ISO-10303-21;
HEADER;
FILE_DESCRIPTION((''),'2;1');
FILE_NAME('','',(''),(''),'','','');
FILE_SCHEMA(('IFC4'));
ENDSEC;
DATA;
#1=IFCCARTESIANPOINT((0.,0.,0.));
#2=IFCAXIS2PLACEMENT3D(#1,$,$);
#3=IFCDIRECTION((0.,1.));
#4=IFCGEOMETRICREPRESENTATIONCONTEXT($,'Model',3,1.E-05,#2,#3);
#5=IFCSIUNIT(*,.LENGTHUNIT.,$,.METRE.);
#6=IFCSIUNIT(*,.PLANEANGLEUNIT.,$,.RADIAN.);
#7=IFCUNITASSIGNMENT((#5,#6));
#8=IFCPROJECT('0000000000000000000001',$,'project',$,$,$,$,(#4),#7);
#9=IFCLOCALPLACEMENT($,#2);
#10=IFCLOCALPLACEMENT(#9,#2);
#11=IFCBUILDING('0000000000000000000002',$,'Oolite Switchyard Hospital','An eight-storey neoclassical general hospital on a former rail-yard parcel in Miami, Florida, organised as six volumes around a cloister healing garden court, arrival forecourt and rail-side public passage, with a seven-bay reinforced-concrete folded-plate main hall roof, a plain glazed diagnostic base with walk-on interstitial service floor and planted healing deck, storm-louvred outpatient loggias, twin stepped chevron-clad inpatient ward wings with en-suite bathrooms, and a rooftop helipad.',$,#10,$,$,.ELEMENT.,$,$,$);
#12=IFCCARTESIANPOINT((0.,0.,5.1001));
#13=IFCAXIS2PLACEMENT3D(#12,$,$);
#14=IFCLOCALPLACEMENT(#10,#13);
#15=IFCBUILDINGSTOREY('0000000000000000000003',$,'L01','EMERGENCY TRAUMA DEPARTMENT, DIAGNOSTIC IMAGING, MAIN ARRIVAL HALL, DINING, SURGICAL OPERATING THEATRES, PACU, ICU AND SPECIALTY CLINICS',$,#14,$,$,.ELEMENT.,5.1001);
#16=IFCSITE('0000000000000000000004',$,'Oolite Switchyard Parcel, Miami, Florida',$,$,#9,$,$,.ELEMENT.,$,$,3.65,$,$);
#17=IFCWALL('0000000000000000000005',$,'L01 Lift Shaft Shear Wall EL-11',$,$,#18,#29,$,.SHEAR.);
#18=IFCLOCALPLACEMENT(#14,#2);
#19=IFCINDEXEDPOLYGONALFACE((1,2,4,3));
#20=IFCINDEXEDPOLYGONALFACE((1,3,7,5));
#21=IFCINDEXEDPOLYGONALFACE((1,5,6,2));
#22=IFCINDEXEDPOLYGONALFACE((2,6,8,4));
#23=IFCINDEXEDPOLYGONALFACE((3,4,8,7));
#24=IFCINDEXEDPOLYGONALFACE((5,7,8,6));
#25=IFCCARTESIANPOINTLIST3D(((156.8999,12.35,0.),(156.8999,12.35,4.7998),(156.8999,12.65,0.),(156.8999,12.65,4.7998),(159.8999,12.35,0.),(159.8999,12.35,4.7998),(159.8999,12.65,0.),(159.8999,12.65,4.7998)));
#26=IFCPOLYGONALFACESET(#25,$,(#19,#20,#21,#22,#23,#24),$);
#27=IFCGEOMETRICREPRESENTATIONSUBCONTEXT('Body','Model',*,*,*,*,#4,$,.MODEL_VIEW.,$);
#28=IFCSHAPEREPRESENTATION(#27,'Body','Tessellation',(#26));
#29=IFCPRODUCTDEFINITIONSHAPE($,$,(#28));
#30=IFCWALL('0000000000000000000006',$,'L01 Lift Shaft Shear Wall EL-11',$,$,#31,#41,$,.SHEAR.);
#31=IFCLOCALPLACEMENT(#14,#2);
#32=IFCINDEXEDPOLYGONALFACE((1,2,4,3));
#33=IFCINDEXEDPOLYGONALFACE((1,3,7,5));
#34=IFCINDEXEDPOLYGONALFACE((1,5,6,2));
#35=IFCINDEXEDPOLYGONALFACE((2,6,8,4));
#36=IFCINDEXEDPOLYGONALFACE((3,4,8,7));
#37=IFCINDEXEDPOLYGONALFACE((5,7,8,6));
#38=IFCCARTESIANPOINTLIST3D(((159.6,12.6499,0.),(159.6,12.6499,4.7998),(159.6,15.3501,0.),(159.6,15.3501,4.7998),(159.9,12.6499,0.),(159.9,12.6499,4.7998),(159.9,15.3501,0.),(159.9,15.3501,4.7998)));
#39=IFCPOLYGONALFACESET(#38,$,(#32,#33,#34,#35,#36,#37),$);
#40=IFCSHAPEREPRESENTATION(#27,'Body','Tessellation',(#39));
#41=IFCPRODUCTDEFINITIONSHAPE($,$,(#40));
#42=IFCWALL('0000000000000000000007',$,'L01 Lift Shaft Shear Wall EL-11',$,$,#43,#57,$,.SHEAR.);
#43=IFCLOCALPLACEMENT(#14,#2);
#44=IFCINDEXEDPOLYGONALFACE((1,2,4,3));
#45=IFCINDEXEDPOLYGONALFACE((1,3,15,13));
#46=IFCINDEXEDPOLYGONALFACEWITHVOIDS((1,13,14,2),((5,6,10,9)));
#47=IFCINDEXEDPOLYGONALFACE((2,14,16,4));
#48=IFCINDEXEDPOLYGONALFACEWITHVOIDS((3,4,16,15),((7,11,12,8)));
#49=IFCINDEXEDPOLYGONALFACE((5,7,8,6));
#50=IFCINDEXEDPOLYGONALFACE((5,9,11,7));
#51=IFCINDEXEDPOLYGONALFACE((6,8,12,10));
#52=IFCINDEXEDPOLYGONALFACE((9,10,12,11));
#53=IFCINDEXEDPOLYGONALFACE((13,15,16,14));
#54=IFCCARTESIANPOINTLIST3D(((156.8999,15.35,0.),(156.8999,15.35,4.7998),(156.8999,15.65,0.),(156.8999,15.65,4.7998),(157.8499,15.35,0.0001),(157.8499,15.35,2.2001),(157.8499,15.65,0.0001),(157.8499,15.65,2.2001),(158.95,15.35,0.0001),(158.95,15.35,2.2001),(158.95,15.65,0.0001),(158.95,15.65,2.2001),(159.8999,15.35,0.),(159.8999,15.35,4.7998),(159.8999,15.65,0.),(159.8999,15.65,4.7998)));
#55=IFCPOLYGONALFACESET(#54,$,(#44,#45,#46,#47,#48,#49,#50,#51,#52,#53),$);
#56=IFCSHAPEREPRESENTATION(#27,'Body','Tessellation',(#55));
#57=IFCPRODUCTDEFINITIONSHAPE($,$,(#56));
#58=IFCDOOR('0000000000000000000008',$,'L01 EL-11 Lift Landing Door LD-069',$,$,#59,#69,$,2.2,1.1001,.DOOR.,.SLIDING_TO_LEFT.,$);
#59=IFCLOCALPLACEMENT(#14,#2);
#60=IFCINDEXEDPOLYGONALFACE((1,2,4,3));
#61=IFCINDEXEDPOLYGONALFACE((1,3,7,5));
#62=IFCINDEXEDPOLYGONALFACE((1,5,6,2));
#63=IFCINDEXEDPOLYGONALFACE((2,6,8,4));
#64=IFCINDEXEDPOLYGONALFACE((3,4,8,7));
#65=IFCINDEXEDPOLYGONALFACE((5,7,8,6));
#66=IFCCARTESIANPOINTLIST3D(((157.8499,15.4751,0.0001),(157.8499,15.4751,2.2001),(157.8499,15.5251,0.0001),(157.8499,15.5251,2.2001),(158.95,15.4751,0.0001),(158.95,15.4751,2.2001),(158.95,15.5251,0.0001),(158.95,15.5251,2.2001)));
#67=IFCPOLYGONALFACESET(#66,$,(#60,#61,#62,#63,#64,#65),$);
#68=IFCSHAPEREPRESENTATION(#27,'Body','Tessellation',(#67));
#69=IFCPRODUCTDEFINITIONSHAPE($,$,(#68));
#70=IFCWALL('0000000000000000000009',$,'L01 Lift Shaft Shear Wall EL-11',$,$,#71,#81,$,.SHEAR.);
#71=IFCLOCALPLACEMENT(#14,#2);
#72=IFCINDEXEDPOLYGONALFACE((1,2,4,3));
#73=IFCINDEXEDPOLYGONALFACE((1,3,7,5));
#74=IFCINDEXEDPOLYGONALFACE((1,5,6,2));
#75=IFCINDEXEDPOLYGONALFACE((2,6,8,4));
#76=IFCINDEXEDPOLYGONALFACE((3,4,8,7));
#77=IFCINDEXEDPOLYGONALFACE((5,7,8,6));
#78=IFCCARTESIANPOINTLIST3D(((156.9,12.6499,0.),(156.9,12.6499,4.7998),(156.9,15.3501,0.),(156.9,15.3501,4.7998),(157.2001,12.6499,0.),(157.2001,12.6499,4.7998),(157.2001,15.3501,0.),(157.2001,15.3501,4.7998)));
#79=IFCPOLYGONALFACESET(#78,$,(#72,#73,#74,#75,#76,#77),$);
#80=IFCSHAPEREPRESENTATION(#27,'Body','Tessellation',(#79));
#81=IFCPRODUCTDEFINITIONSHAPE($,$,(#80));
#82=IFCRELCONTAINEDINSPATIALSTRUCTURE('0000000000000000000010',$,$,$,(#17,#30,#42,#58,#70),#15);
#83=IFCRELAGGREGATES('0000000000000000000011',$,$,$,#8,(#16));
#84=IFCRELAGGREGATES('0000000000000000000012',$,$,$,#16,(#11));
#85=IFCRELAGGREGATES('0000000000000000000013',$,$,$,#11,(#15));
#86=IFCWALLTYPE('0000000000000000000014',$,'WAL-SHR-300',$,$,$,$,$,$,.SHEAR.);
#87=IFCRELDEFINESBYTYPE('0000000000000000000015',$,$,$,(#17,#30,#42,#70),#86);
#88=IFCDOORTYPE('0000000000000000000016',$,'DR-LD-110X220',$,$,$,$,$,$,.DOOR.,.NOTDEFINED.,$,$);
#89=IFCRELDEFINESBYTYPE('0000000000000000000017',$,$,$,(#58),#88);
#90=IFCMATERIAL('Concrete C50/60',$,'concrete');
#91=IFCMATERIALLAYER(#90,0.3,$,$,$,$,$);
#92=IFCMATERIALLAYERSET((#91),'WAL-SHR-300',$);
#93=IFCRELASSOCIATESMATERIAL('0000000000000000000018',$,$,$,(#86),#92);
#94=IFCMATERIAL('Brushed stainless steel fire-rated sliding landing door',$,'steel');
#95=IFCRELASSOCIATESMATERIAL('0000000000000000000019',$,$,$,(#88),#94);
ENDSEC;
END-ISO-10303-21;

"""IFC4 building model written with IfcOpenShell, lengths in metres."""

from ifc_helpers import new_model, si_unit, direction, frame, frame_2d, origin, place, context, subcontext, project, spatial, rectangle, extrude, material, layer, layer_set, type_object, element, fill, save


model = new_model("IFC4")

# Units and contexts
model_context = context("Model", 3, precision=1e-05, world=origin(), true_north=direction((0.0, 1.0)))
body_context = subcontext(model_context, "Body", "Model", "MODEL_VIEW")
ifc_project = project(units=[si_unit("LENGTHUNIT", "METRE"), si_unit("PLANEANGLEUNIT", "RADIAN")], contexts=[model_context])

# Site, building, storey
site_placement = place(None, origin())
site = spatial("IfcSite", under=ifc_project, at=site_placement, Name="Oolite Switchyard Parcel, Miami, Florida", CompositionType="ELEMENT", RefElevation=3.65)
building_placement = place(site_placement, origin())
building = spatial("IfcBuilding", under=site, at=building_placement, Name="Oolite Switchyard Hospital", Description="An eight-storey neoclassical general hospital on a former rail-yard parcel in Miami, Florida, organised as six volumes around a cloister healing garden court, arrival forecourt and rail-side public passage, with a seven-bay reinforced-concrete folded-plate main hall roof, a plain glazed diagnostic base with walk-on interstitial service floor and planted healing deck, storm-louvred outpatient loggias, twin stepped chevron-clad inpatient ward wings with en-suite bathrooms, and a rooftop helipad.", CompositionType="ELEMENT")
storey_placement = place(building_placement, frame((0.0, 0.0, 5.1001)))
storey = spatial("IfcBuildingStorey", under=building, at=storey_placement, Name="L01", Description="EMERGENCY TRAUMA DEPARTMENT, DIAGNOSTIC IMAGING, MAIN ARRIVAL HALL, DINING, SURGICAL OPERATING THEATRES, PACU, ICU AND SPECIALTY CLINICS", CompositionType="ELEMENT", Elevation=5.1001)

# Shared definitions
ifc_material_1 = material(Name="Concrete C50/60", Category="concrete")

# Walls
ifc_layer_1 = layer(ifc_material_1, 0.3)
ifc_layer_set_1 = layer_set([ifc_layer_1], Name="WAL-SHR-300")
wall_type_1 = type_object("IfcWallType", Name="WAL-SHR-300", PredefinedType="SHEAR", material=ifc_layer_set_1)
wall_1_placement = place(storey_placement, frame((156.8999, 12.5, 0.0), z_axis=(0.0, 0.0, 1.0), x_axis=(1.0, 0.0, 0.0)))
element("IfcWall", 1, at=wall_1_placement, inside=storey, type_object=wall_type_1, Name="L01 Lift Shaft Shear Wall EL-11", PredefinedType="SHEAR", context=body_context, shape_type="SweptSolid", body=[
    extrude(rectangle(XDim=3.0, YDim=0.3, at=frame_2d((1.5, 0.0))), origin(), (0.0, 0.0, 1.0), 4.7998),
])
wall_2_placement = place(storey_placement, frame((159.75, 12.6499, 0.0), z_axis=(0.0, 0.0, 1.0), x_axis=(0.0, 1.0, 0.0)))
element("IfcWall", 2, at=wall_2_placement, inside=storey, type_object=wall_type_1, Name="L01 Lift Shaft Shear Wall EL-11", PredefinedType="SHEAR", context=body_context, shape_type="SweptSolid", body=[
    extrude(rectangle(XDim=2.7002, YDim=0.3, at=frame_2d((1.3501, 0.0))), origin(), (0.0, 0.0, 1.0), 4.7998),
])

# Wall, opening, door
wall_3_placement = place(storey_placement, frame((159.8999, 15.5, 0.0), z_axis=(0.0, 0.0, 1.0), x_axis=(-1.0, 0.0, 0.0)))
wall_3 = element("IfcWall", 3, at=wall_3_placement, inside=storey, type_object=wall_type_1, Name="L01 Lift Shaft Shear Wall EL-11", PredefinedType="SHEAR", context=body_context, shape_type="SweptSolid", body=[
    extrude(rectangle(XDim=3.0, YDim=0.3, at=frame_2d((1.5, 0.0))), origin(), (0.0, 0.0, 1.0), 4.7998),
])
opening_1_placement = place(wall_3_placement, frame((0.95, 0.0, 0.0)))
opening_1 = element("IfcOpeningElement", 4, at=opening_1_placement, cuts=wall_3, PredefinedType="OPENING", context=body_context, shape_type="SweptSolid", body=[
    extrude(rectangle(XDim=1.1001, YDim=2.2, at=frame_2d((0.55, 1.1001))), frame((0.0, 0.1602, 0.0), z_axis=(0.0, -1.0, 0.0), x_axis=(1.0, 0.0, 0.0)), (0.0, 0.0, 1.0), 0.3201),
])
ifc_material_2 = material(Name="Brushed stainless steel fire-rated sliding landing door", Category="steel")
door_type_1 = type_object("IfcDoorType", Name="DR-LD-110X220", OperationType="NOTDEFINED", PredefinedType="DOOR", material=ifc_material_2)
door_1_placement = place(opening_1_placement, origin())
door_1 = element("IfcDoor", 5, at=door_1_placement, inside=storey, type_object=door_type_1, Name="L01 EL-11 Lift Landing Door LD-069", OperationType="SLIDING_TO_LEFT", OverallHeight=2.2, OverallWidth=1.1001, PredefinedType="DOOR", context=body_context, shape_type="SweptSolid", body=[
    extrude(rectangle(XDim=1.1001, YDim=2.2, at=frame_2d((0.55, 1.1001))), frame((0.0, 0.0249, 0.0), z_axis=(0.0, -1.0, 0.0), x_axis=(1.0, 0.0, 0.0)), (0.0, 0.0, 1.0), 0.05),
])
fill(opening_1, door_1)

# Wall
wall_4_placement = place(storey_placement, frame((157.05, 15.3501, 0.0), z_axis=(0.0, 0.0, 1.0), x_axis=(0.0, -1.0, 0.0)))
element("IfcWall", 6, at=wall_4_placement, inside=storey, type_object=wall_type_1, Name="L01 Lift Shaft Shear Wall EL-11", PredefinedType="SHEAR", context=body_context, shape_type="SweptSolid", body=[
    extrude(rectangle(XDim=2.7002, YDim=0.3, at=frame_2d((1.3501, 0.0))), origin(), (0.0, 0.0, 1.0), 4.7998),
])

save(model, "model.ifc")
